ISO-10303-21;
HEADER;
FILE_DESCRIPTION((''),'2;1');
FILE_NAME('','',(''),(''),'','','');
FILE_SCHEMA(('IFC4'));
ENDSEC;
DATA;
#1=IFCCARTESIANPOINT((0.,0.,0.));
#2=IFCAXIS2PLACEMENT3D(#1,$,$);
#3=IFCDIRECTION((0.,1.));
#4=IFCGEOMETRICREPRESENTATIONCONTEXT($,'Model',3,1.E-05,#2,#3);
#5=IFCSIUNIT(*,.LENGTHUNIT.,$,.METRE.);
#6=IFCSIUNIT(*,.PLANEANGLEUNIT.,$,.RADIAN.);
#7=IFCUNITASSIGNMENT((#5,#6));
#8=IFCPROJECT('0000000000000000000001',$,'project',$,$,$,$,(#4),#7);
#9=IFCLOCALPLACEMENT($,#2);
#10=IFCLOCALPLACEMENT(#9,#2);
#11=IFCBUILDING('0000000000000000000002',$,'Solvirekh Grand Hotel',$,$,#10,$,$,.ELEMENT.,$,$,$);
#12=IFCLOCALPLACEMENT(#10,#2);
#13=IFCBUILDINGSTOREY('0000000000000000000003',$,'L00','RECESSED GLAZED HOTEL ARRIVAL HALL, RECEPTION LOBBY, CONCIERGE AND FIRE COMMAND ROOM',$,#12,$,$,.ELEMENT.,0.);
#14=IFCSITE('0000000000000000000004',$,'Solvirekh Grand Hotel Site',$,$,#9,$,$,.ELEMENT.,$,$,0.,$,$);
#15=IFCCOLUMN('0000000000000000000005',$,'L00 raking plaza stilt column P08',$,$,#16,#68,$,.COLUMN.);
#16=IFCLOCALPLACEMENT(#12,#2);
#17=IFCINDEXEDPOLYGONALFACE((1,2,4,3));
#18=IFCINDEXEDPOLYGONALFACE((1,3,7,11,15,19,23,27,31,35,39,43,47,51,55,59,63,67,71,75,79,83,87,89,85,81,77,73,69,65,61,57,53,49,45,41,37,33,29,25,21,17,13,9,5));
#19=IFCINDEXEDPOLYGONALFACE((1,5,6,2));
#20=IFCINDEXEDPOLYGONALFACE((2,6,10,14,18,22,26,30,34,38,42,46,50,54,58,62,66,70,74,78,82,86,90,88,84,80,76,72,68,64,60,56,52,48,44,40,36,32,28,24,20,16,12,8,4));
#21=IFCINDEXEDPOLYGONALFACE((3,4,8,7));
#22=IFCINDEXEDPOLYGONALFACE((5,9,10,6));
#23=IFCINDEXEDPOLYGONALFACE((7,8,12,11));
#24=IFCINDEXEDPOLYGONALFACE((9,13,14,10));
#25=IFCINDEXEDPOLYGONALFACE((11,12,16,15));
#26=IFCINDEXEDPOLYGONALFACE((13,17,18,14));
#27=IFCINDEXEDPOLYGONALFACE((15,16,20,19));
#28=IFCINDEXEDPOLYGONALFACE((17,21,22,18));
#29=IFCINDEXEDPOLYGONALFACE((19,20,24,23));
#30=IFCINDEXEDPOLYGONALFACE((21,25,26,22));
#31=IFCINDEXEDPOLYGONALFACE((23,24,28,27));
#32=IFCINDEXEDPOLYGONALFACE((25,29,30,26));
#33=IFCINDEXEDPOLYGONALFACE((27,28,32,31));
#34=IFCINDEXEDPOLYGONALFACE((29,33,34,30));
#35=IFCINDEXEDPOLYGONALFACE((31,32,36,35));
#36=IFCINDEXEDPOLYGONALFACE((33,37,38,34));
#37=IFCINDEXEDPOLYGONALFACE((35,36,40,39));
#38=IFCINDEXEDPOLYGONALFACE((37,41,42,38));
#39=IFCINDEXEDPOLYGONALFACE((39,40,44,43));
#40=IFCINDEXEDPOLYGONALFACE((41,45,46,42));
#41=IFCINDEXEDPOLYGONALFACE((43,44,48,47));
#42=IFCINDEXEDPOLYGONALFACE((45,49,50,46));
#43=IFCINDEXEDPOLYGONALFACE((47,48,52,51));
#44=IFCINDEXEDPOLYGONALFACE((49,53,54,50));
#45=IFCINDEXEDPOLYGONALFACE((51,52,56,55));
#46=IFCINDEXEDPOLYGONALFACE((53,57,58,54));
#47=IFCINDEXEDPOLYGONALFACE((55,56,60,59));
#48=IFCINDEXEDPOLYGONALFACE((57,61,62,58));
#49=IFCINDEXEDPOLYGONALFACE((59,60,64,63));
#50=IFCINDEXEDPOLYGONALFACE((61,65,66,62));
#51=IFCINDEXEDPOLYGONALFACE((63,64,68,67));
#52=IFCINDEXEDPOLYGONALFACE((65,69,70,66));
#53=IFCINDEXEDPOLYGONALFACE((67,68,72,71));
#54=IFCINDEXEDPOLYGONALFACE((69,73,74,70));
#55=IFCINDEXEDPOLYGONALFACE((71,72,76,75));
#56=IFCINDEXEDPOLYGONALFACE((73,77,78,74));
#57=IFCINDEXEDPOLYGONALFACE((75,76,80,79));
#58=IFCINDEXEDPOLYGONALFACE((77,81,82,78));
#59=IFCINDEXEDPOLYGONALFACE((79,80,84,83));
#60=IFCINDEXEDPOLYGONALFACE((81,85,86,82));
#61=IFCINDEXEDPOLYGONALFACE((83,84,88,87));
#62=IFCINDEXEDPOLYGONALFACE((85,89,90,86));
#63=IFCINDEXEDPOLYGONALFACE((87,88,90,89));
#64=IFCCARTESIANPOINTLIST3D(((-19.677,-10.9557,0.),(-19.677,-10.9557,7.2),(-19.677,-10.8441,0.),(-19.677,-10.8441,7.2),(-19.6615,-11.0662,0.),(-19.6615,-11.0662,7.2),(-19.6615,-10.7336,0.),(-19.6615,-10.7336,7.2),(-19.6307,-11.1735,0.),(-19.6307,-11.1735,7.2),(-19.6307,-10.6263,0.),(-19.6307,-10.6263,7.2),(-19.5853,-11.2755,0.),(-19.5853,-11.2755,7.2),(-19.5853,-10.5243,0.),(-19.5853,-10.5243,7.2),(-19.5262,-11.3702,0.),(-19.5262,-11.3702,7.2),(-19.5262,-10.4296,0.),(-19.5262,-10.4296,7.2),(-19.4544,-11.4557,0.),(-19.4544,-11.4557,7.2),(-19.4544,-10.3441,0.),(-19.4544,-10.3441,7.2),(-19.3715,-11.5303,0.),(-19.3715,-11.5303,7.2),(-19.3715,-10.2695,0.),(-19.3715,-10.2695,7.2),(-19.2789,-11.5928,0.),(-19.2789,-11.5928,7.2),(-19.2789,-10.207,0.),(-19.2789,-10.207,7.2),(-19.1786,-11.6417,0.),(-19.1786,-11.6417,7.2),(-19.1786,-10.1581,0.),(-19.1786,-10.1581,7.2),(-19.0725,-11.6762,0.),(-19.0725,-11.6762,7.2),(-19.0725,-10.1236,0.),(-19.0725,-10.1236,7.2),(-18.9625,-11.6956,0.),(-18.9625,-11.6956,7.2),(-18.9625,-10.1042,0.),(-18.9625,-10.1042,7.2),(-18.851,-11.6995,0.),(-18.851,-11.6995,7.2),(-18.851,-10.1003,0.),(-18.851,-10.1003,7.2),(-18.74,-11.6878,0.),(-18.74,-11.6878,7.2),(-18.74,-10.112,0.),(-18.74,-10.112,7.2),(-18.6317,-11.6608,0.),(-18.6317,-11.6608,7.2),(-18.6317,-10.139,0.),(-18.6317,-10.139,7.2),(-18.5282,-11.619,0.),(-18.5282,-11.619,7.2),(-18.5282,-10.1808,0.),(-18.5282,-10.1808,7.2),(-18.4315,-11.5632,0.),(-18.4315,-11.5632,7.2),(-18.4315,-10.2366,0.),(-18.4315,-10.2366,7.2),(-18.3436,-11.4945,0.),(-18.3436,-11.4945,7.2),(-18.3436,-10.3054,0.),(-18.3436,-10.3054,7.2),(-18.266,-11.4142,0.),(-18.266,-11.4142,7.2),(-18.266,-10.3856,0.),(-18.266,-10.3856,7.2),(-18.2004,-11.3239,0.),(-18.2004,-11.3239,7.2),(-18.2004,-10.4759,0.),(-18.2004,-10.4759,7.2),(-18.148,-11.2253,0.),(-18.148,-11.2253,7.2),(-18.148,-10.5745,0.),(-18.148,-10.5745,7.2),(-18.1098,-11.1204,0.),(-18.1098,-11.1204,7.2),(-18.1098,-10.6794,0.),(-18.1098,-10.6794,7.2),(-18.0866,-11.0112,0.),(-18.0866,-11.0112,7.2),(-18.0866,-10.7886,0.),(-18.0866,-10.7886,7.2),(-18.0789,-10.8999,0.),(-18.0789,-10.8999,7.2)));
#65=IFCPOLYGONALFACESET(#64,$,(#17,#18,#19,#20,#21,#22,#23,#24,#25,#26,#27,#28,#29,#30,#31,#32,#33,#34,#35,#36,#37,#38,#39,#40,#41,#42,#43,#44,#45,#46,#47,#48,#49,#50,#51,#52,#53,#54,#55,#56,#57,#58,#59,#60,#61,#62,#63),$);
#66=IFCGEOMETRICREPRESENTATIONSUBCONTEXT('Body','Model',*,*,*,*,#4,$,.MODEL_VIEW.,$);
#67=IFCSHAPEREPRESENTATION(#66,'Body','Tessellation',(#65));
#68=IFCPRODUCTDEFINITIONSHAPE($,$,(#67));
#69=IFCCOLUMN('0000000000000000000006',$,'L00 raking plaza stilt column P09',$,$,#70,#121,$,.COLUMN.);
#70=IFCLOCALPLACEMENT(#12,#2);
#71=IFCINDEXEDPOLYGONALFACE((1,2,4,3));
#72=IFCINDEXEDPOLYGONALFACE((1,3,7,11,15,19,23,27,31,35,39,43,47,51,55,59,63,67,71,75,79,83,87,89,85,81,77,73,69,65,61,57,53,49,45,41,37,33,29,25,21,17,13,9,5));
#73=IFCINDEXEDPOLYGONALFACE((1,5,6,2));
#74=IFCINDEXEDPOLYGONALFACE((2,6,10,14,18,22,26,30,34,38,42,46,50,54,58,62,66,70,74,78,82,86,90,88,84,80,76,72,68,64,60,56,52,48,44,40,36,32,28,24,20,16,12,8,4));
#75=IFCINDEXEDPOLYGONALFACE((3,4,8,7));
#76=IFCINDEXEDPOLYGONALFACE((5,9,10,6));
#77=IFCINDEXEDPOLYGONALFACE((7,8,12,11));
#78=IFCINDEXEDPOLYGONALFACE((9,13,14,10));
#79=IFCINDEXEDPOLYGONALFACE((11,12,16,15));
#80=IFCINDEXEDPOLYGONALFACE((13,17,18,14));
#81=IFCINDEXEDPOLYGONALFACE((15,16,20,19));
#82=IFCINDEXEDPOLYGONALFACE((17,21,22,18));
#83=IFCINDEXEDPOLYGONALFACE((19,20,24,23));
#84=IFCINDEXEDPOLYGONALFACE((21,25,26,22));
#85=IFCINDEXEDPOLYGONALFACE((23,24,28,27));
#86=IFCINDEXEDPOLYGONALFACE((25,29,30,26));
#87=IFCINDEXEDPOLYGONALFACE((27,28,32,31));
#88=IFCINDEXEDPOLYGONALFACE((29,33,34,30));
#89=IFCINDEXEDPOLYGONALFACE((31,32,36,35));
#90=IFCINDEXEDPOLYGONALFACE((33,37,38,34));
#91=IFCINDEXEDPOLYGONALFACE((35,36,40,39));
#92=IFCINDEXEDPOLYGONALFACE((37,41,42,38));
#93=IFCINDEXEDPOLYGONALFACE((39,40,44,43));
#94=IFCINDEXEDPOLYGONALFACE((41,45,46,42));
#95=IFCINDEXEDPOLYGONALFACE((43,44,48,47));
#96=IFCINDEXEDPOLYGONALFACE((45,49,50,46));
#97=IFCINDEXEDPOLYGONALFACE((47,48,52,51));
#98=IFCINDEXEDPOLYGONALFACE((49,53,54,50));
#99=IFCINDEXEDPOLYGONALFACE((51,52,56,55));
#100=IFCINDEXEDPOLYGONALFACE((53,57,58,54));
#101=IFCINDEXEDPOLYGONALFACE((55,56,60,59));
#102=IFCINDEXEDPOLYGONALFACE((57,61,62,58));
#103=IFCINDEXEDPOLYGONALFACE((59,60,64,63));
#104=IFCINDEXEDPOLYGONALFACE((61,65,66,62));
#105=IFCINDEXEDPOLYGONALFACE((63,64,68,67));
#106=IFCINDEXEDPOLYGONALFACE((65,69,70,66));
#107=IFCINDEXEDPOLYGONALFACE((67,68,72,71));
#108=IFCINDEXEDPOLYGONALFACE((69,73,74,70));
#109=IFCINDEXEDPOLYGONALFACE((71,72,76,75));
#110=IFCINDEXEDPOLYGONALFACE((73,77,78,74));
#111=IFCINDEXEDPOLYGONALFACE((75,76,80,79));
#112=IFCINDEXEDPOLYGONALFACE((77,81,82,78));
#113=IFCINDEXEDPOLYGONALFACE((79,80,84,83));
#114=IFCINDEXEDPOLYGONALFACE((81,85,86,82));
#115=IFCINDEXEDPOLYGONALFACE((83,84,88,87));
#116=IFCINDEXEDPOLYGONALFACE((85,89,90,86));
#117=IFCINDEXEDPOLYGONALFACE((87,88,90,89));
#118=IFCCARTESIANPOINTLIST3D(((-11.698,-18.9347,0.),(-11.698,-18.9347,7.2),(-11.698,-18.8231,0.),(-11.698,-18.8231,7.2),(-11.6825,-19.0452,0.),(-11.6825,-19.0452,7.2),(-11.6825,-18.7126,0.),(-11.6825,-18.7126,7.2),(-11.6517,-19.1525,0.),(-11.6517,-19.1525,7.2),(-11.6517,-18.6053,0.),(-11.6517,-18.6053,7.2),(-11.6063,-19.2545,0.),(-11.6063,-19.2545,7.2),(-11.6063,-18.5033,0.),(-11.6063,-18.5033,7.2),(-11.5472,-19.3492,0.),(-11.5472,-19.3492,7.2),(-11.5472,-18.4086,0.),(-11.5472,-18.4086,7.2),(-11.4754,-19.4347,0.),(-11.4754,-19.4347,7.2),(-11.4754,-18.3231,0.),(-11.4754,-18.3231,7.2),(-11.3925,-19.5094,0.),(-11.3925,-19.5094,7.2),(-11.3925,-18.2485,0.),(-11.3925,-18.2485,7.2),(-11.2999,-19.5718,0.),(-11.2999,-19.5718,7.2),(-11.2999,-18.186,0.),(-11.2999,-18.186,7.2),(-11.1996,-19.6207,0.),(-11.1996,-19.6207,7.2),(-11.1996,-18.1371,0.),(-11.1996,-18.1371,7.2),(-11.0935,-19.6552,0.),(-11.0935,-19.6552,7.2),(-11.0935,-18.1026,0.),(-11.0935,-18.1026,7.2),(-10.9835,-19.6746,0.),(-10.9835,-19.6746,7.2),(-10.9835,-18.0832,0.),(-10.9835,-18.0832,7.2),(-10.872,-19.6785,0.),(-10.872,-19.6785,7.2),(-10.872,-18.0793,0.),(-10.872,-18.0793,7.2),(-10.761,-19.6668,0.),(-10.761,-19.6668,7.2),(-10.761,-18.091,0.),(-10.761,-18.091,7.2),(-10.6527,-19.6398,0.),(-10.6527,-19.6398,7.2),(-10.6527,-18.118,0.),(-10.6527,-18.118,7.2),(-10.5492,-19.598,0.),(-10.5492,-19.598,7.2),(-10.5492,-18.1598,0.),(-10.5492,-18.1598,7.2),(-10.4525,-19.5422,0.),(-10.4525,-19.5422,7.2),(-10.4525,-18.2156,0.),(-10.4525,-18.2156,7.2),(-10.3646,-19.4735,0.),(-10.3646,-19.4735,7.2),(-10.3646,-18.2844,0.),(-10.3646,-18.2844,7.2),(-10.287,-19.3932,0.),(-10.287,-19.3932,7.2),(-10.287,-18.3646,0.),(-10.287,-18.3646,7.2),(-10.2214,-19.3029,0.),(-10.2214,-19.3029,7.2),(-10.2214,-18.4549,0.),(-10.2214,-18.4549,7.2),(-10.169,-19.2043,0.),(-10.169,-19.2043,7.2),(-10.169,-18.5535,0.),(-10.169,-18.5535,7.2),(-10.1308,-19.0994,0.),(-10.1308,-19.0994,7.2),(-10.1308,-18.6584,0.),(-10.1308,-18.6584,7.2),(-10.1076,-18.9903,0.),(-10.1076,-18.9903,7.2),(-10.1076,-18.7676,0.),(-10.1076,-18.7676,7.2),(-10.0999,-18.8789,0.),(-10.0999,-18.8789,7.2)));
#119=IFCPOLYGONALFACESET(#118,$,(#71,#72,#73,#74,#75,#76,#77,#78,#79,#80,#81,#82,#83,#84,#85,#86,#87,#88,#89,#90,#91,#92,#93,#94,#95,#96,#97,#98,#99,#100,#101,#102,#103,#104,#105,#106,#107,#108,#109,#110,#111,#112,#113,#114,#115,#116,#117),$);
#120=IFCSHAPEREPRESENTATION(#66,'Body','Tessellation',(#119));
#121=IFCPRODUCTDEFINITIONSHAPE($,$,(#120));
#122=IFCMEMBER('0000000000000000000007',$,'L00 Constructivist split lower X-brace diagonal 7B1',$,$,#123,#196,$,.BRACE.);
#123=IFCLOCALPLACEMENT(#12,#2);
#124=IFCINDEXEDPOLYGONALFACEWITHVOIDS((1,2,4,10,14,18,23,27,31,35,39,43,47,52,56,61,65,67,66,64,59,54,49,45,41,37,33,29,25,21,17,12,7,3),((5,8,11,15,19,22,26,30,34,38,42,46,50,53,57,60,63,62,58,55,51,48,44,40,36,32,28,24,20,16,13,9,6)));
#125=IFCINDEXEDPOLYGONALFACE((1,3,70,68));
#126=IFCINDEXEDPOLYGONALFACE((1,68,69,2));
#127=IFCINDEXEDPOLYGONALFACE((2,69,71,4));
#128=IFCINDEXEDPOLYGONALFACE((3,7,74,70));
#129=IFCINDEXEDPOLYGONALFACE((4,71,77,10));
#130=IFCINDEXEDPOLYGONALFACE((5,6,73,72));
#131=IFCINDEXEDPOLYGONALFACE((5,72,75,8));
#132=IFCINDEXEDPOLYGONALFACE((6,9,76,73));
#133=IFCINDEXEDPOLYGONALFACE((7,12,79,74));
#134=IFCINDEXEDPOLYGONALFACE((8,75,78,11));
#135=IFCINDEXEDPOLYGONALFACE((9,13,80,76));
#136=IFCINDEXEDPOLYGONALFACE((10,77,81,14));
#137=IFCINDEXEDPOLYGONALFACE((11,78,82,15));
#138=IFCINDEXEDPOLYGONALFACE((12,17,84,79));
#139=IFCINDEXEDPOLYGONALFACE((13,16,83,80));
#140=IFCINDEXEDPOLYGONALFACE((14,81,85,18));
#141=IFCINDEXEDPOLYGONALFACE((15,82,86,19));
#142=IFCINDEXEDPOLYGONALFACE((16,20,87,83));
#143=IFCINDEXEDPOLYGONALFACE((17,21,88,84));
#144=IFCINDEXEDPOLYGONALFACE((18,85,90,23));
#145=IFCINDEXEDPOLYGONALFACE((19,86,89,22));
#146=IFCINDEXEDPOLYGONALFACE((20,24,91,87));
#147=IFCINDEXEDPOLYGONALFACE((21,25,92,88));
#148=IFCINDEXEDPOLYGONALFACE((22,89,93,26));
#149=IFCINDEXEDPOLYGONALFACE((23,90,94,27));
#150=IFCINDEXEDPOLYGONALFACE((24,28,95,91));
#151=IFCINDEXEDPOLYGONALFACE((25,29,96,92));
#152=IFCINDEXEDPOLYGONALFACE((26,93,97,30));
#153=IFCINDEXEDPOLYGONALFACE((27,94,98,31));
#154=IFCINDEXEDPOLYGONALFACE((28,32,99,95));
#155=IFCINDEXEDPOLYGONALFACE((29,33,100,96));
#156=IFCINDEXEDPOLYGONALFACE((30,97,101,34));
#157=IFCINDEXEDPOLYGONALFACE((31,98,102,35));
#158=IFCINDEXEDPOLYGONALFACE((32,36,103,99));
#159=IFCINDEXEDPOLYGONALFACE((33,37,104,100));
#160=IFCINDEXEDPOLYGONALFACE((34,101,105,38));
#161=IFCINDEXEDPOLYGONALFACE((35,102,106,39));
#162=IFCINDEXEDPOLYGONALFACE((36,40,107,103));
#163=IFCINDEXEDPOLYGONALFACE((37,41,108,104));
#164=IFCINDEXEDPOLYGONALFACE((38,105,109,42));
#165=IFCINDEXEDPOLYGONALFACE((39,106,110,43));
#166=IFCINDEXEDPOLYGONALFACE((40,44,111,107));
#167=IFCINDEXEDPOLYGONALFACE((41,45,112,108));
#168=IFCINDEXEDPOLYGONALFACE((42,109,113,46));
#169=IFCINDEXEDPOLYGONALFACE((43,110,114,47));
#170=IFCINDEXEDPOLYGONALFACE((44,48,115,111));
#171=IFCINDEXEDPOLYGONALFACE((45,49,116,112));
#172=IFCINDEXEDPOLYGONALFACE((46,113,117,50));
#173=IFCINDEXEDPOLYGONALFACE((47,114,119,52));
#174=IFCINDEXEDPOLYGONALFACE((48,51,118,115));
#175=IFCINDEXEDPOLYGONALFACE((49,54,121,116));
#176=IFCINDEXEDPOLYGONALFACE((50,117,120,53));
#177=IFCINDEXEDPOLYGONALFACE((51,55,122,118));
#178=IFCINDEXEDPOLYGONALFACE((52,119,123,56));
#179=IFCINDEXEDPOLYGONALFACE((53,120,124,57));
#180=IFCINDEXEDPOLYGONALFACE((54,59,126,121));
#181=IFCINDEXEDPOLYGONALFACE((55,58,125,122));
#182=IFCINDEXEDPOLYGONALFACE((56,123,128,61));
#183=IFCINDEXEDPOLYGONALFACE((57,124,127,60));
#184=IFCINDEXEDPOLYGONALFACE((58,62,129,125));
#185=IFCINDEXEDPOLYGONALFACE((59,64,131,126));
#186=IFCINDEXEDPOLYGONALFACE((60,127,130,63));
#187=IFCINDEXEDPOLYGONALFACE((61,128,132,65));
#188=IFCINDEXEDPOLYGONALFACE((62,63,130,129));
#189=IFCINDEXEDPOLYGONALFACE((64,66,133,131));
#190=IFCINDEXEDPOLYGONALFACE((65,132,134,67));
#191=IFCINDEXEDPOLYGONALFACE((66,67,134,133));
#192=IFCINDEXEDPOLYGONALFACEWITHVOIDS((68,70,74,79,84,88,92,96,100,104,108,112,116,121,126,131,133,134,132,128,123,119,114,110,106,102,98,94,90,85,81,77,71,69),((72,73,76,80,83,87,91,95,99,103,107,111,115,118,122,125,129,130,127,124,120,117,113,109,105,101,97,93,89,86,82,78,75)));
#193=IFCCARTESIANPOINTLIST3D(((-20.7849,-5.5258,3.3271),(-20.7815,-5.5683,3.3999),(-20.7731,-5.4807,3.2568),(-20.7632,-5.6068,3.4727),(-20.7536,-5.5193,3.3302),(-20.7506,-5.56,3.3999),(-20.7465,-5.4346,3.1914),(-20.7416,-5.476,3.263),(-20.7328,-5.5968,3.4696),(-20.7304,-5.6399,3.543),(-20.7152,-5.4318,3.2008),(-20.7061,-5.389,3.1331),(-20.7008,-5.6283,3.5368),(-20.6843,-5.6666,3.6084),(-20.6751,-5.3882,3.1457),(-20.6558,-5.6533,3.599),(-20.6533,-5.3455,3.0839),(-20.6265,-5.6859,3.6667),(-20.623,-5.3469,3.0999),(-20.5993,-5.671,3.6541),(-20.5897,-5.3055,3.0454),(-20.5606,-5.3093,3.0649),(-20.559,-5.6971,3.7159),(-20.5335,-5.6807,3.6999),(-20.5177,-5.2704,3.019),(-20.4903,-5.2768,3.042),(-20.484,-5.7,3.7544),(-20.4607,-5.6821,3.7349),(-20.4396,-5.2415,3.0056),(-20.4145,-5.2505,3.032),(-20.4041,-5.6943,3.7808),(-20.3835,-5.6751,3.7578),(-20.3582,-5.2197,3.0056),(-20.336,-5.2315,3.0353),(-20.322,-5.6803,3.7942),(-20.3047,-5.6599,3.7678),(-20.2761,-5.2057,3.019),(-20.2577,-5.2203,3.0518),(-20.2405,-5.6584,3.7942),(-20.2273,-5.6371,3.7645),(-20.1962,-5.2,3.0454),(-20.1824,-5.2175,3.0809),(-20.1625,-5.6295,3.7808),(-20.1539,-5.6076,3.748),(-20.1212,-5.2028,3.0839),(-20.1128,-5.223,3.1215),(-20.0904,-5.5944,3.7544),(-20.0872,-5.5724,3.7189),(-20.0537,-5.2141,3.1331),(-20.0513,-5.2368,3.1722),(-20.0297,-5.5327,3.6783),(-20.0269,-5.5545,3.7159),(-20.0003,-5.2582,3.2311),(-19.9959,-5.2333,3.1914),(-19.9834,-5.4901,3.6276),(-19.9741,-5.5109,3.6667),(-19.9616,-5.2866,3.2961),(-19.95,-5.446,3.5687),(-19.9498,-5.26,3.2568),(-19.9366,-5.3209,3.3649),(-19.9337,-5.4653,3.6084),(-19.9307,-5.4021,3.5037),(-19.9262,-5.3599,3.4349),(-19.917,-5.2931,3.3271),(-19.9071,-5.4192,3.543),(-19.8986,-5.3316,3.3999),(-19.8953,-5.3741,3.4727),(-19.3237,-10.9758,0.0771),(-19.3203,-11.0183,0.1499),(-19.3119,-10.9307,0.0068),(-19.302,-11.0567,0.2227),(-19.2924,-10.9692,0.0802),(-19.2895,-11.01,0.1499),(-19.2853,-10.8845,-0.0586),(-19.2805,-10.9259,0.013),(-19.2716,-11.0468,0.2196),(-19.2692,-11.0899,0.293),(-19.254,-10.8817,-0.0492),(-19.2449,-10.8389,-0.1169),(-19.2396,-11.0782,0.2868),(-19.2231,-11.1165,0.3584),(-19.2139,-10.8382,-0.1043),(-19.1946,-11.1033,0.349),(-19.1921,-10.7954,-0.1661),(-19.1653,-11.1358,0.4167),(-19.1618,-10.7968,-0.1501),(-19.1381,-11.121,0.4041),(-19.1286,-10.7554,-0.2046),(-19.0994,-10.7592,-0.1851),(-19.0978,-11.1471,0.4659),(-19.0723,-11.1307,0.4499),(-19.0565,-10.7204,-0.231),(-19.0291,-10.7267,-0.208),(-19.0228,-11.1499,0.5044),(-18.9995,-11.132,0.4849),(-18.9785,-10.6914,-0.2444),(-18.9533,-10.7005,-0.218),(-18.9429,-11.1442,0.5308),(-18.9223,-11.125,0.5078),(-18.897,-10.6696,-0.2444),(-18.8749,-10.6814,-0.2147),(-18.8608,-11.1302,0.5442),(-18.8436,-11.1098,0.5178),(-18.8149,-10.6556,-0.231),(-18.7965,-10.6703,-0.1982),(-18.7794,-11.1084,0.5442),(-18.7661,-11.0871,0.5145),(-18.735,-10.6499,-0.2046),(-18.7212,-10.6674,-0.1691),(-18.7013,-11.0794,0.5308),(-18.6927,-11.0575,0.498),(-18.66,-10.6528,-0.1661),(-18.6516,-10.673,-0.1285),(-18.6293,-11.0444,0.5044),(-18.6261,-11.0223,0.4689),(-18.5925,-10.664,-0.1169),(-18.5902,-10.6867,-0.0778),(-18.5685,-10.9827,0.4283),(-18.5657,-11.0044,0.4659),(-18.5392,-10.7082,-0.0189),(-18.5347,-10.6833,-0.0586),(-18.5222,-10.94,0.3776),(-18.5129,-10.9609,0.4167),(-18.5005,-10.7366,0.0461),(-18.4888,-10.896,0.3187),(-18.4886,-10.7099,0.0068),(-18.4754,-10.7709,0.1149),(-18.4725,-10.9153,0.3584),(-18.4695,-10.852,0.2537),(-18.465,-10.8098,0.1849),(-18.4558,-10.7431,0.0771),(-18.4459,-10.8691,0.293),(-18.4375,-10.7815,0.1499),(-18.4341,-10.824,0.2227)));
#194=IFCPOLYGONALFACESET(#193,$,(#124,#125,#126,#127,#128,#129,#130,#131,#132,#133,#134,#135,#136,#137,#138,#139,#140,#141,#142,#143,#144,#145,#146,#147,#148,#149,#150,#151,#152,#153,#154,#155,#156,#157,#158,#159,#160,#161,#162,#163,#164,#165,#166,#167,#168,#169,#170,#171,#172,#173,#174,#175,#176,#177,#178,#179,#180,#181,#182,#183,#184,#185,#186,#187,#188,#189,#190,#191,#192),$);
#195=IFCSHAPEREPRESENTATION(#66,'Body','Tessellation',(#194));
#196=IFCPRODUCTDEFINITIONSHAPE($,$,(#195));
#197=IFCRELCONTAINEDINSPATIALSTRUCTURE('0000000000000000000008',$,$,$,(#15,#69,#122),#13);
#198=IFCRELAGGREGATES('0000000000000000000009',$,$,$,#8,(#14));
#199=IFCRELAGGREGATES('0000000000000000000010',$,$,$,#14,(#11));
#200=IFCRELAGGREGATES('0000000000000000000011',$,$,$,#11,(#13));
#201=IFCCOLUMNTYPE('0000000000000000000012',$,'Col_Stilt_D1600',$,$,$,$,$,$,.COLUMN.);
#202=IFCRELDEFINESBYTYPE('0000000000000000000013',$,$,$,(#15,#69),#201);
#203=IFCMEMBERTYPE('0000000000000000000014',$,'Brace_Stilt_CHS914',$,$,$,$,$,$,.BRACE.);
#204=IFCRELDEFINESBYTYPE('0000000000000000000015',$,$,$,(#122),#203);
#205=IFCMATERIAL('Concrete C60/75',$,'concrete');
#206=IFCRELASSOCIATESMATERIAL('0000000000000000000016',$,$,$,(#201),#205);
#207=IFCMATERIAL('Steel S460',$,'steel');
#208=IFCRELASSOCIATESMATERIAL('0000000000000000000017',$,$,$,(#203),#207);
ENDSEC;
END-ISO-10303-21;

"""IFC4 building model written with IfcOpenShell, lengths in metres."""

from ifc_helpers import new_model, si_unit, direction, frame, origin, origin_2d, place, context, subcontext, project, spatial, circle, hollow_circle, extrude, material, material_profile, profile_set, type_object, element, save


model = new_model("IFC4")

# Units and contexts
model_context = context("Model", 3, precision=1e-05, world=origin(), true_north=direction((0.0, 1.0)))
body_context = subcontext(model_context, "Body", "Model", "MODEL_VIEW")
ifc_project = project(units=[si_unit("LENGTHUNIT", "METRE"), si_unit("PLANEANGLEUNIT", "RADIAN")], contexts=[model_context])

# Site, building, storey
site_placement = place(None, origin())
site = spatial("IfcSite", under=ifc_project, at=site_placement, Name="Solvirekh Grand Hotel Site", CompositionType="ELEMENT", RefElevation=0.0)
building_placement = place(site_placement, origin())
building = spatial("IfcBuilding", under=site, at=building_placement, Name="Solvirekh Grand Hotel", CompositionType="ELEMENT")
storey_placement = place(building_placement, origin())
storey = spatial("IfcBuildingStorey", under=building, at=storey_placement, Name="L00", Description="RECESSED GLAZED HOTEL ARRIVAL HALL, RECEPTION LOBBY, CONCIERGE AND FIRE COMMAND ROOM", CompositionType="ELEMENT", Elevation=0.0)

# Columns
ifc_material_1 = material(Name="Concrete C60/75", Category="concrete")
ifc_material_profile_1 = material_profile(ifc_material_1, circle(Radius=0.8, at=origin_2d()), Name="RC CIRC D1600")
ifc_profile_set_1 = profile_set([ifc_material_profile_1], Name="Concrete C60/75")
column_type = type_object("IfcColumnType", Name="Col_Stilt_D1600", PredefinedType="COLUMN", material=ifc_profile_set_1)
for number, where, z_axis, x_axis, name in (
    (1, (-18.8789, -10.8999, 0.0), (0.0, 0.0, 1.0), (1.0, 0.0, 0.0), "L00 raking plaza stilt column P08"),
    (2, (-10.8999, -18.8789, 0.0), (0.0, 0.0, 1.0), (1.0, 0.0, 0.0), "L00 raking plaza stilt column P09"),
):
    element("IfcColumn", number, at=place(storey_placement, frame(where, z_axis=z_axis, x_axis=x_axis)), inside=storey, type_object=column_type, Name=name, PredefinedType="COLUMN", context=body_context, shape_type="SweptSolid", body=[
        extrude(circle(Radius=0.8, at=origin_2d()), origin(), (0.0, 0.0, 1.0), 7.2),
    ])

# Member
ifc_material_2 = material(Name="Steel S460", Category="steel")
ifc_material_profile_2 = material_profile(ifc_material_2, hollow_circle(Radius=0.457, WallThickness=0.032, at=origin_2d()), Name="CHS 914X32")
ifc_profile_set_2 = profile_set([ifc_material_profile_2], Name="Steel S460")
member_type_1 = type_object("IfcMemberType", Name="Brace_Stilt_CHS914", PredefinedType="BRACE", material=ifc_profile_set_2)
member_1_placement = place(storey_placement, frame((-18.8789, -10.8999, 0.1499), z_axis=(-0.2244, 0.836974, 0.499118), x_axis=(-0.965887, -0.258963, 0.0)))
element("IfcMember", 3, at=member_1_placement, inside=storey, type_object=member_type_1, Name="L00 Constructivist split lower X-brace diagonal 7B1", PredefinedType="BRACE", context=body_context, shape_type="SweptSolid", body=[
    extrude(hollow_circle(Radius=0.457, WallThickness=0.032, at=origin_2d()), origin(), (0.0, 0.0, 1.0), 6.5115),
])

save(model, "model.ifc")
